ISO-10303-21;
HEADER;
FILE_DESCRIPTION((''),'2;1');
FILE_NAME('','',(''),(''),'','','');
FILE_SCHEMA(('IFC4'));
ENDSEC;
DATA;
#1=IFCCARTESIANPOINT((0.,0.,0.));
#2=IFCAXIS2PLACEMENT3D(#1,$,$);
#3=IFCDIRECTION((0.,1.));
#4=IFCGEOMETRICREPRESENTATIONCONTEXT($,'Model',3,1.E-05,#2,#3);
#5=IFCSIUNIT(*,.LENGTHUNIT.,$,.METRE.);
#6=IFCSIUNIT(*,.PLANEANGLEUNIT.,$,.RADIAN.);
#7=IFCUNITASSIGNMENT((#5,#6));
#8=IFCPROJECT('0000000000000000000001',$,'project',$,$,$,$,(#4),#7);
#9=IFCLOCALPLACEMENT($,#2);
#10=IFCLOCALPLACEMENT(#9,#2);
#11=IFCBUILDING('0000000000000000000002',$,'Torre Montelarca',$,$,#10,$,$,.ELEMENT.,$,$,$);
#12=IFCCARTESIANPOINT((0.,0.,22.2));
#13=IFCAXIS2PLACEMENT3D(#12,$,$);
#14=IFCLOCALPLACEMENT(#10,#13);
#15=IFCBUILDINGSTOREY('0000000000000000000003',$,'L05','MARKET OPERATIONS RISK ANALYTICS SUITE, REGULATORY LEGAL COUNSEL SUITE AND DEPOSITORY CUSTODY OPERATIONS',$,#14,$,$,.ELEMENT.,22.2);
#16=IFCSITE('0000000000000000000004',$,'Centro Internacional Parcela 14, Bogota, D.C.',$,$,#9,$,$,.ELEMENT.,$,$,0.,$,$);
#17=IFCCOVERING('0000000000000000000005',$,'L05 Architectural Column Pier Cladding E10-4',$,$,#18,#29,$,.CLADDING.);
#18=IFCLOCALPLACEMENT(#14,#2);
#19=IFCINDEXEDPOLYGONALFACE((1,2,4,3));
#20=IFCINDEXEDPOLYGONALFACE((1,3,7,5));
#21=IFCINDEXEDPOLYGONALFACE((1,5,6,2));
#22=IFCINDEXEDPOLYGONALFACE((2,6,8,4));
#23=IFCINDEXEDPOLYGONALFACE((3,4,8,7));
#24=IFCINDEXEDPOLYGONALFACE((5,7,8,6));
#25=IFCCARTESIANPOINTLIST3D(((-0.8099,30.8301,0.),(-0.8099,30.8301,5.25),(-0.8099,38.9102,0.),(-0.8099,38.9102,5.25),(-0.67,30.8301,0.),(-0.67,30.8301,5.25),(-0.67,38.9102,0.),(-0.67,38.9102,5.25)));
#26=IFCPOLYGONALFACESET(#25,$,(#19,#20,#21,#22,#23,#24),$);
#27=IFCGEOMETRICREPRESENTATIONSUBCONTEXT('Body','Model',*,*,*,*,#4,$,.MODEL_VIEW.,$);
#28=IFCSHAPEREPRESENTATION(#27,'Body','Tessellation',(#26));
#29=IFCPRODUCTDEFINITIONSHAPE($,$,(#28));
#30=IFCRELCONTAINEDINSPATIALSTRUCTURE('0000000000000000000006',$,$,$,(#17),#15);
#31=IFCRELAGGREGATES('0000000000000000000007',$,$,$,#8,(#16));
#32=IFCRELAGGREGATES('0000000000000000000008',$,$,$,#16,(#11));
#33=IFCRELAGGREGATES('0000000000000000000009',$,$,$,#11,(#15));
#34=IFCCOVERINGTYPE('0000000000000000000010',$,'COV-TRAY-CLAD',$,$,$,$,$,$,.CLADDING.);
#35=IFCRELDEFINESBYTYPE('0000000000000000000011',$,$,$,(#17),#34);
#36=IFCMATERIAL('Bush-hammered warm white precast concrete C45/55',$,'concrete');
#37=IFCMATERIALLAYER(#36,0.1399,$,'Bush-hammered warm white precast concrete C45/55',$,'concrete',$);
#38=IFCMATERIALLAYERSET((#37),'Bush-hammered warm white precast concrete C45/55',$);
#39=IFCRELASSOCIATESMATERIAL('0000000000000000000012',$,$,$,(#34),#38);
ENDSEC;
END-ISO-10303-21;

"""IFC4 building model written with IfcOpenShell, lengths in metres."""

from ifc_helpers import new_model, si_unit, direction, frame, origin, origin_2d, place, context, subcontext, project, spatial, rectangle, extrude, source, transform, mapped, material, layer, layer_set, type_object, element, save


model = new_model("IFC4")

# Units and contexts
model_context = context("Model", 3, precision=1e-05, world=origin(), true_north=direction((0.0, 1.0)))
body_context = subcontext(model_context, "Body", "Model", "MODEL_VIEW")
ifc_project = project(units=[si_unit("LENGTHUNIT", "METRE"), si_unit("PLANEANGLEUNIT", "RADIAN")], contexts=[model_context])

# Site, building, storey
site_placement = place(None, origin())
site = spatial("IfcSite", under=ifc_project, at=site_placement, Name="Centro Internacional Parcela 14, Bogota, D.C.", CompositionType="ELEMENT", RefElevation=0.0)
building_placement = place(site_placement, origin())
building = spatial("IfcBuilding", under=site, at=building_placement, Name="Torre Montelarca", CompositionType="ELEMENT")
storey_placement = place(building_placement, frame((0.0, 0.0, 22.2)))
storey = spatial("IfcBuildingStorey", under=building, at=storey_placement, Name="L05", Description="MARKET OPERATIONS RISK ANALYTICS SUITE, REGULATORY LEGAL COUNSEL SUITE AND DEPOSITORY CUSTODY OPERATIONS", CompositionType="ELEMENT", Elevation=22.2)

# Covering
ifc_material_1 = material(Name="Bush-hammered warm white precast concrete C45/55", Category="concrete")
ifc_layer_1 = layer(ifc_material_1, 0.1399, Name="Bush-hammered warm white precast concrete C45/55", Category="concrete")
ifc_layer_set_1 = layer_set([ifc_layer_1], Name="Bush-hammered warm white precast concrete C45/55")
covering_type = type_object("IfcCoveringType", Name="COV-TRAY-CLAD", PredefinedType="CLADDING", material=ifc_layer_set_1)
shared_shape_1 = source(origin(), body_context, "Body", "SweptSolid", [
    extrude(rectangle(XDim=8.0801, YDim=0.1399, at=origin_2d()), origin(), (0.0, 0.0, 1.0), 5.25),
])
covering_1_placement = place(storey_placement, frame((-0.74, 34.8701, 0.0), z_axis=(0.0, 0.0, 1.0), x_axis=(0.0, -1.0, 0.0)))
element("IfcCovering", 1, at=covering_1_placement, inside=storey, type_object=covering_type, Name="L05 Architectural Column Pier Cladding E10-4", PredefinedType="CLADDING", context=body_context, shape_type="MappedRepresentation", body=[
    mapped(shared_shape_1, transform((0.0, 0.0, 0.0), scale=1.0)),
])

save(model, "model.ifc")
